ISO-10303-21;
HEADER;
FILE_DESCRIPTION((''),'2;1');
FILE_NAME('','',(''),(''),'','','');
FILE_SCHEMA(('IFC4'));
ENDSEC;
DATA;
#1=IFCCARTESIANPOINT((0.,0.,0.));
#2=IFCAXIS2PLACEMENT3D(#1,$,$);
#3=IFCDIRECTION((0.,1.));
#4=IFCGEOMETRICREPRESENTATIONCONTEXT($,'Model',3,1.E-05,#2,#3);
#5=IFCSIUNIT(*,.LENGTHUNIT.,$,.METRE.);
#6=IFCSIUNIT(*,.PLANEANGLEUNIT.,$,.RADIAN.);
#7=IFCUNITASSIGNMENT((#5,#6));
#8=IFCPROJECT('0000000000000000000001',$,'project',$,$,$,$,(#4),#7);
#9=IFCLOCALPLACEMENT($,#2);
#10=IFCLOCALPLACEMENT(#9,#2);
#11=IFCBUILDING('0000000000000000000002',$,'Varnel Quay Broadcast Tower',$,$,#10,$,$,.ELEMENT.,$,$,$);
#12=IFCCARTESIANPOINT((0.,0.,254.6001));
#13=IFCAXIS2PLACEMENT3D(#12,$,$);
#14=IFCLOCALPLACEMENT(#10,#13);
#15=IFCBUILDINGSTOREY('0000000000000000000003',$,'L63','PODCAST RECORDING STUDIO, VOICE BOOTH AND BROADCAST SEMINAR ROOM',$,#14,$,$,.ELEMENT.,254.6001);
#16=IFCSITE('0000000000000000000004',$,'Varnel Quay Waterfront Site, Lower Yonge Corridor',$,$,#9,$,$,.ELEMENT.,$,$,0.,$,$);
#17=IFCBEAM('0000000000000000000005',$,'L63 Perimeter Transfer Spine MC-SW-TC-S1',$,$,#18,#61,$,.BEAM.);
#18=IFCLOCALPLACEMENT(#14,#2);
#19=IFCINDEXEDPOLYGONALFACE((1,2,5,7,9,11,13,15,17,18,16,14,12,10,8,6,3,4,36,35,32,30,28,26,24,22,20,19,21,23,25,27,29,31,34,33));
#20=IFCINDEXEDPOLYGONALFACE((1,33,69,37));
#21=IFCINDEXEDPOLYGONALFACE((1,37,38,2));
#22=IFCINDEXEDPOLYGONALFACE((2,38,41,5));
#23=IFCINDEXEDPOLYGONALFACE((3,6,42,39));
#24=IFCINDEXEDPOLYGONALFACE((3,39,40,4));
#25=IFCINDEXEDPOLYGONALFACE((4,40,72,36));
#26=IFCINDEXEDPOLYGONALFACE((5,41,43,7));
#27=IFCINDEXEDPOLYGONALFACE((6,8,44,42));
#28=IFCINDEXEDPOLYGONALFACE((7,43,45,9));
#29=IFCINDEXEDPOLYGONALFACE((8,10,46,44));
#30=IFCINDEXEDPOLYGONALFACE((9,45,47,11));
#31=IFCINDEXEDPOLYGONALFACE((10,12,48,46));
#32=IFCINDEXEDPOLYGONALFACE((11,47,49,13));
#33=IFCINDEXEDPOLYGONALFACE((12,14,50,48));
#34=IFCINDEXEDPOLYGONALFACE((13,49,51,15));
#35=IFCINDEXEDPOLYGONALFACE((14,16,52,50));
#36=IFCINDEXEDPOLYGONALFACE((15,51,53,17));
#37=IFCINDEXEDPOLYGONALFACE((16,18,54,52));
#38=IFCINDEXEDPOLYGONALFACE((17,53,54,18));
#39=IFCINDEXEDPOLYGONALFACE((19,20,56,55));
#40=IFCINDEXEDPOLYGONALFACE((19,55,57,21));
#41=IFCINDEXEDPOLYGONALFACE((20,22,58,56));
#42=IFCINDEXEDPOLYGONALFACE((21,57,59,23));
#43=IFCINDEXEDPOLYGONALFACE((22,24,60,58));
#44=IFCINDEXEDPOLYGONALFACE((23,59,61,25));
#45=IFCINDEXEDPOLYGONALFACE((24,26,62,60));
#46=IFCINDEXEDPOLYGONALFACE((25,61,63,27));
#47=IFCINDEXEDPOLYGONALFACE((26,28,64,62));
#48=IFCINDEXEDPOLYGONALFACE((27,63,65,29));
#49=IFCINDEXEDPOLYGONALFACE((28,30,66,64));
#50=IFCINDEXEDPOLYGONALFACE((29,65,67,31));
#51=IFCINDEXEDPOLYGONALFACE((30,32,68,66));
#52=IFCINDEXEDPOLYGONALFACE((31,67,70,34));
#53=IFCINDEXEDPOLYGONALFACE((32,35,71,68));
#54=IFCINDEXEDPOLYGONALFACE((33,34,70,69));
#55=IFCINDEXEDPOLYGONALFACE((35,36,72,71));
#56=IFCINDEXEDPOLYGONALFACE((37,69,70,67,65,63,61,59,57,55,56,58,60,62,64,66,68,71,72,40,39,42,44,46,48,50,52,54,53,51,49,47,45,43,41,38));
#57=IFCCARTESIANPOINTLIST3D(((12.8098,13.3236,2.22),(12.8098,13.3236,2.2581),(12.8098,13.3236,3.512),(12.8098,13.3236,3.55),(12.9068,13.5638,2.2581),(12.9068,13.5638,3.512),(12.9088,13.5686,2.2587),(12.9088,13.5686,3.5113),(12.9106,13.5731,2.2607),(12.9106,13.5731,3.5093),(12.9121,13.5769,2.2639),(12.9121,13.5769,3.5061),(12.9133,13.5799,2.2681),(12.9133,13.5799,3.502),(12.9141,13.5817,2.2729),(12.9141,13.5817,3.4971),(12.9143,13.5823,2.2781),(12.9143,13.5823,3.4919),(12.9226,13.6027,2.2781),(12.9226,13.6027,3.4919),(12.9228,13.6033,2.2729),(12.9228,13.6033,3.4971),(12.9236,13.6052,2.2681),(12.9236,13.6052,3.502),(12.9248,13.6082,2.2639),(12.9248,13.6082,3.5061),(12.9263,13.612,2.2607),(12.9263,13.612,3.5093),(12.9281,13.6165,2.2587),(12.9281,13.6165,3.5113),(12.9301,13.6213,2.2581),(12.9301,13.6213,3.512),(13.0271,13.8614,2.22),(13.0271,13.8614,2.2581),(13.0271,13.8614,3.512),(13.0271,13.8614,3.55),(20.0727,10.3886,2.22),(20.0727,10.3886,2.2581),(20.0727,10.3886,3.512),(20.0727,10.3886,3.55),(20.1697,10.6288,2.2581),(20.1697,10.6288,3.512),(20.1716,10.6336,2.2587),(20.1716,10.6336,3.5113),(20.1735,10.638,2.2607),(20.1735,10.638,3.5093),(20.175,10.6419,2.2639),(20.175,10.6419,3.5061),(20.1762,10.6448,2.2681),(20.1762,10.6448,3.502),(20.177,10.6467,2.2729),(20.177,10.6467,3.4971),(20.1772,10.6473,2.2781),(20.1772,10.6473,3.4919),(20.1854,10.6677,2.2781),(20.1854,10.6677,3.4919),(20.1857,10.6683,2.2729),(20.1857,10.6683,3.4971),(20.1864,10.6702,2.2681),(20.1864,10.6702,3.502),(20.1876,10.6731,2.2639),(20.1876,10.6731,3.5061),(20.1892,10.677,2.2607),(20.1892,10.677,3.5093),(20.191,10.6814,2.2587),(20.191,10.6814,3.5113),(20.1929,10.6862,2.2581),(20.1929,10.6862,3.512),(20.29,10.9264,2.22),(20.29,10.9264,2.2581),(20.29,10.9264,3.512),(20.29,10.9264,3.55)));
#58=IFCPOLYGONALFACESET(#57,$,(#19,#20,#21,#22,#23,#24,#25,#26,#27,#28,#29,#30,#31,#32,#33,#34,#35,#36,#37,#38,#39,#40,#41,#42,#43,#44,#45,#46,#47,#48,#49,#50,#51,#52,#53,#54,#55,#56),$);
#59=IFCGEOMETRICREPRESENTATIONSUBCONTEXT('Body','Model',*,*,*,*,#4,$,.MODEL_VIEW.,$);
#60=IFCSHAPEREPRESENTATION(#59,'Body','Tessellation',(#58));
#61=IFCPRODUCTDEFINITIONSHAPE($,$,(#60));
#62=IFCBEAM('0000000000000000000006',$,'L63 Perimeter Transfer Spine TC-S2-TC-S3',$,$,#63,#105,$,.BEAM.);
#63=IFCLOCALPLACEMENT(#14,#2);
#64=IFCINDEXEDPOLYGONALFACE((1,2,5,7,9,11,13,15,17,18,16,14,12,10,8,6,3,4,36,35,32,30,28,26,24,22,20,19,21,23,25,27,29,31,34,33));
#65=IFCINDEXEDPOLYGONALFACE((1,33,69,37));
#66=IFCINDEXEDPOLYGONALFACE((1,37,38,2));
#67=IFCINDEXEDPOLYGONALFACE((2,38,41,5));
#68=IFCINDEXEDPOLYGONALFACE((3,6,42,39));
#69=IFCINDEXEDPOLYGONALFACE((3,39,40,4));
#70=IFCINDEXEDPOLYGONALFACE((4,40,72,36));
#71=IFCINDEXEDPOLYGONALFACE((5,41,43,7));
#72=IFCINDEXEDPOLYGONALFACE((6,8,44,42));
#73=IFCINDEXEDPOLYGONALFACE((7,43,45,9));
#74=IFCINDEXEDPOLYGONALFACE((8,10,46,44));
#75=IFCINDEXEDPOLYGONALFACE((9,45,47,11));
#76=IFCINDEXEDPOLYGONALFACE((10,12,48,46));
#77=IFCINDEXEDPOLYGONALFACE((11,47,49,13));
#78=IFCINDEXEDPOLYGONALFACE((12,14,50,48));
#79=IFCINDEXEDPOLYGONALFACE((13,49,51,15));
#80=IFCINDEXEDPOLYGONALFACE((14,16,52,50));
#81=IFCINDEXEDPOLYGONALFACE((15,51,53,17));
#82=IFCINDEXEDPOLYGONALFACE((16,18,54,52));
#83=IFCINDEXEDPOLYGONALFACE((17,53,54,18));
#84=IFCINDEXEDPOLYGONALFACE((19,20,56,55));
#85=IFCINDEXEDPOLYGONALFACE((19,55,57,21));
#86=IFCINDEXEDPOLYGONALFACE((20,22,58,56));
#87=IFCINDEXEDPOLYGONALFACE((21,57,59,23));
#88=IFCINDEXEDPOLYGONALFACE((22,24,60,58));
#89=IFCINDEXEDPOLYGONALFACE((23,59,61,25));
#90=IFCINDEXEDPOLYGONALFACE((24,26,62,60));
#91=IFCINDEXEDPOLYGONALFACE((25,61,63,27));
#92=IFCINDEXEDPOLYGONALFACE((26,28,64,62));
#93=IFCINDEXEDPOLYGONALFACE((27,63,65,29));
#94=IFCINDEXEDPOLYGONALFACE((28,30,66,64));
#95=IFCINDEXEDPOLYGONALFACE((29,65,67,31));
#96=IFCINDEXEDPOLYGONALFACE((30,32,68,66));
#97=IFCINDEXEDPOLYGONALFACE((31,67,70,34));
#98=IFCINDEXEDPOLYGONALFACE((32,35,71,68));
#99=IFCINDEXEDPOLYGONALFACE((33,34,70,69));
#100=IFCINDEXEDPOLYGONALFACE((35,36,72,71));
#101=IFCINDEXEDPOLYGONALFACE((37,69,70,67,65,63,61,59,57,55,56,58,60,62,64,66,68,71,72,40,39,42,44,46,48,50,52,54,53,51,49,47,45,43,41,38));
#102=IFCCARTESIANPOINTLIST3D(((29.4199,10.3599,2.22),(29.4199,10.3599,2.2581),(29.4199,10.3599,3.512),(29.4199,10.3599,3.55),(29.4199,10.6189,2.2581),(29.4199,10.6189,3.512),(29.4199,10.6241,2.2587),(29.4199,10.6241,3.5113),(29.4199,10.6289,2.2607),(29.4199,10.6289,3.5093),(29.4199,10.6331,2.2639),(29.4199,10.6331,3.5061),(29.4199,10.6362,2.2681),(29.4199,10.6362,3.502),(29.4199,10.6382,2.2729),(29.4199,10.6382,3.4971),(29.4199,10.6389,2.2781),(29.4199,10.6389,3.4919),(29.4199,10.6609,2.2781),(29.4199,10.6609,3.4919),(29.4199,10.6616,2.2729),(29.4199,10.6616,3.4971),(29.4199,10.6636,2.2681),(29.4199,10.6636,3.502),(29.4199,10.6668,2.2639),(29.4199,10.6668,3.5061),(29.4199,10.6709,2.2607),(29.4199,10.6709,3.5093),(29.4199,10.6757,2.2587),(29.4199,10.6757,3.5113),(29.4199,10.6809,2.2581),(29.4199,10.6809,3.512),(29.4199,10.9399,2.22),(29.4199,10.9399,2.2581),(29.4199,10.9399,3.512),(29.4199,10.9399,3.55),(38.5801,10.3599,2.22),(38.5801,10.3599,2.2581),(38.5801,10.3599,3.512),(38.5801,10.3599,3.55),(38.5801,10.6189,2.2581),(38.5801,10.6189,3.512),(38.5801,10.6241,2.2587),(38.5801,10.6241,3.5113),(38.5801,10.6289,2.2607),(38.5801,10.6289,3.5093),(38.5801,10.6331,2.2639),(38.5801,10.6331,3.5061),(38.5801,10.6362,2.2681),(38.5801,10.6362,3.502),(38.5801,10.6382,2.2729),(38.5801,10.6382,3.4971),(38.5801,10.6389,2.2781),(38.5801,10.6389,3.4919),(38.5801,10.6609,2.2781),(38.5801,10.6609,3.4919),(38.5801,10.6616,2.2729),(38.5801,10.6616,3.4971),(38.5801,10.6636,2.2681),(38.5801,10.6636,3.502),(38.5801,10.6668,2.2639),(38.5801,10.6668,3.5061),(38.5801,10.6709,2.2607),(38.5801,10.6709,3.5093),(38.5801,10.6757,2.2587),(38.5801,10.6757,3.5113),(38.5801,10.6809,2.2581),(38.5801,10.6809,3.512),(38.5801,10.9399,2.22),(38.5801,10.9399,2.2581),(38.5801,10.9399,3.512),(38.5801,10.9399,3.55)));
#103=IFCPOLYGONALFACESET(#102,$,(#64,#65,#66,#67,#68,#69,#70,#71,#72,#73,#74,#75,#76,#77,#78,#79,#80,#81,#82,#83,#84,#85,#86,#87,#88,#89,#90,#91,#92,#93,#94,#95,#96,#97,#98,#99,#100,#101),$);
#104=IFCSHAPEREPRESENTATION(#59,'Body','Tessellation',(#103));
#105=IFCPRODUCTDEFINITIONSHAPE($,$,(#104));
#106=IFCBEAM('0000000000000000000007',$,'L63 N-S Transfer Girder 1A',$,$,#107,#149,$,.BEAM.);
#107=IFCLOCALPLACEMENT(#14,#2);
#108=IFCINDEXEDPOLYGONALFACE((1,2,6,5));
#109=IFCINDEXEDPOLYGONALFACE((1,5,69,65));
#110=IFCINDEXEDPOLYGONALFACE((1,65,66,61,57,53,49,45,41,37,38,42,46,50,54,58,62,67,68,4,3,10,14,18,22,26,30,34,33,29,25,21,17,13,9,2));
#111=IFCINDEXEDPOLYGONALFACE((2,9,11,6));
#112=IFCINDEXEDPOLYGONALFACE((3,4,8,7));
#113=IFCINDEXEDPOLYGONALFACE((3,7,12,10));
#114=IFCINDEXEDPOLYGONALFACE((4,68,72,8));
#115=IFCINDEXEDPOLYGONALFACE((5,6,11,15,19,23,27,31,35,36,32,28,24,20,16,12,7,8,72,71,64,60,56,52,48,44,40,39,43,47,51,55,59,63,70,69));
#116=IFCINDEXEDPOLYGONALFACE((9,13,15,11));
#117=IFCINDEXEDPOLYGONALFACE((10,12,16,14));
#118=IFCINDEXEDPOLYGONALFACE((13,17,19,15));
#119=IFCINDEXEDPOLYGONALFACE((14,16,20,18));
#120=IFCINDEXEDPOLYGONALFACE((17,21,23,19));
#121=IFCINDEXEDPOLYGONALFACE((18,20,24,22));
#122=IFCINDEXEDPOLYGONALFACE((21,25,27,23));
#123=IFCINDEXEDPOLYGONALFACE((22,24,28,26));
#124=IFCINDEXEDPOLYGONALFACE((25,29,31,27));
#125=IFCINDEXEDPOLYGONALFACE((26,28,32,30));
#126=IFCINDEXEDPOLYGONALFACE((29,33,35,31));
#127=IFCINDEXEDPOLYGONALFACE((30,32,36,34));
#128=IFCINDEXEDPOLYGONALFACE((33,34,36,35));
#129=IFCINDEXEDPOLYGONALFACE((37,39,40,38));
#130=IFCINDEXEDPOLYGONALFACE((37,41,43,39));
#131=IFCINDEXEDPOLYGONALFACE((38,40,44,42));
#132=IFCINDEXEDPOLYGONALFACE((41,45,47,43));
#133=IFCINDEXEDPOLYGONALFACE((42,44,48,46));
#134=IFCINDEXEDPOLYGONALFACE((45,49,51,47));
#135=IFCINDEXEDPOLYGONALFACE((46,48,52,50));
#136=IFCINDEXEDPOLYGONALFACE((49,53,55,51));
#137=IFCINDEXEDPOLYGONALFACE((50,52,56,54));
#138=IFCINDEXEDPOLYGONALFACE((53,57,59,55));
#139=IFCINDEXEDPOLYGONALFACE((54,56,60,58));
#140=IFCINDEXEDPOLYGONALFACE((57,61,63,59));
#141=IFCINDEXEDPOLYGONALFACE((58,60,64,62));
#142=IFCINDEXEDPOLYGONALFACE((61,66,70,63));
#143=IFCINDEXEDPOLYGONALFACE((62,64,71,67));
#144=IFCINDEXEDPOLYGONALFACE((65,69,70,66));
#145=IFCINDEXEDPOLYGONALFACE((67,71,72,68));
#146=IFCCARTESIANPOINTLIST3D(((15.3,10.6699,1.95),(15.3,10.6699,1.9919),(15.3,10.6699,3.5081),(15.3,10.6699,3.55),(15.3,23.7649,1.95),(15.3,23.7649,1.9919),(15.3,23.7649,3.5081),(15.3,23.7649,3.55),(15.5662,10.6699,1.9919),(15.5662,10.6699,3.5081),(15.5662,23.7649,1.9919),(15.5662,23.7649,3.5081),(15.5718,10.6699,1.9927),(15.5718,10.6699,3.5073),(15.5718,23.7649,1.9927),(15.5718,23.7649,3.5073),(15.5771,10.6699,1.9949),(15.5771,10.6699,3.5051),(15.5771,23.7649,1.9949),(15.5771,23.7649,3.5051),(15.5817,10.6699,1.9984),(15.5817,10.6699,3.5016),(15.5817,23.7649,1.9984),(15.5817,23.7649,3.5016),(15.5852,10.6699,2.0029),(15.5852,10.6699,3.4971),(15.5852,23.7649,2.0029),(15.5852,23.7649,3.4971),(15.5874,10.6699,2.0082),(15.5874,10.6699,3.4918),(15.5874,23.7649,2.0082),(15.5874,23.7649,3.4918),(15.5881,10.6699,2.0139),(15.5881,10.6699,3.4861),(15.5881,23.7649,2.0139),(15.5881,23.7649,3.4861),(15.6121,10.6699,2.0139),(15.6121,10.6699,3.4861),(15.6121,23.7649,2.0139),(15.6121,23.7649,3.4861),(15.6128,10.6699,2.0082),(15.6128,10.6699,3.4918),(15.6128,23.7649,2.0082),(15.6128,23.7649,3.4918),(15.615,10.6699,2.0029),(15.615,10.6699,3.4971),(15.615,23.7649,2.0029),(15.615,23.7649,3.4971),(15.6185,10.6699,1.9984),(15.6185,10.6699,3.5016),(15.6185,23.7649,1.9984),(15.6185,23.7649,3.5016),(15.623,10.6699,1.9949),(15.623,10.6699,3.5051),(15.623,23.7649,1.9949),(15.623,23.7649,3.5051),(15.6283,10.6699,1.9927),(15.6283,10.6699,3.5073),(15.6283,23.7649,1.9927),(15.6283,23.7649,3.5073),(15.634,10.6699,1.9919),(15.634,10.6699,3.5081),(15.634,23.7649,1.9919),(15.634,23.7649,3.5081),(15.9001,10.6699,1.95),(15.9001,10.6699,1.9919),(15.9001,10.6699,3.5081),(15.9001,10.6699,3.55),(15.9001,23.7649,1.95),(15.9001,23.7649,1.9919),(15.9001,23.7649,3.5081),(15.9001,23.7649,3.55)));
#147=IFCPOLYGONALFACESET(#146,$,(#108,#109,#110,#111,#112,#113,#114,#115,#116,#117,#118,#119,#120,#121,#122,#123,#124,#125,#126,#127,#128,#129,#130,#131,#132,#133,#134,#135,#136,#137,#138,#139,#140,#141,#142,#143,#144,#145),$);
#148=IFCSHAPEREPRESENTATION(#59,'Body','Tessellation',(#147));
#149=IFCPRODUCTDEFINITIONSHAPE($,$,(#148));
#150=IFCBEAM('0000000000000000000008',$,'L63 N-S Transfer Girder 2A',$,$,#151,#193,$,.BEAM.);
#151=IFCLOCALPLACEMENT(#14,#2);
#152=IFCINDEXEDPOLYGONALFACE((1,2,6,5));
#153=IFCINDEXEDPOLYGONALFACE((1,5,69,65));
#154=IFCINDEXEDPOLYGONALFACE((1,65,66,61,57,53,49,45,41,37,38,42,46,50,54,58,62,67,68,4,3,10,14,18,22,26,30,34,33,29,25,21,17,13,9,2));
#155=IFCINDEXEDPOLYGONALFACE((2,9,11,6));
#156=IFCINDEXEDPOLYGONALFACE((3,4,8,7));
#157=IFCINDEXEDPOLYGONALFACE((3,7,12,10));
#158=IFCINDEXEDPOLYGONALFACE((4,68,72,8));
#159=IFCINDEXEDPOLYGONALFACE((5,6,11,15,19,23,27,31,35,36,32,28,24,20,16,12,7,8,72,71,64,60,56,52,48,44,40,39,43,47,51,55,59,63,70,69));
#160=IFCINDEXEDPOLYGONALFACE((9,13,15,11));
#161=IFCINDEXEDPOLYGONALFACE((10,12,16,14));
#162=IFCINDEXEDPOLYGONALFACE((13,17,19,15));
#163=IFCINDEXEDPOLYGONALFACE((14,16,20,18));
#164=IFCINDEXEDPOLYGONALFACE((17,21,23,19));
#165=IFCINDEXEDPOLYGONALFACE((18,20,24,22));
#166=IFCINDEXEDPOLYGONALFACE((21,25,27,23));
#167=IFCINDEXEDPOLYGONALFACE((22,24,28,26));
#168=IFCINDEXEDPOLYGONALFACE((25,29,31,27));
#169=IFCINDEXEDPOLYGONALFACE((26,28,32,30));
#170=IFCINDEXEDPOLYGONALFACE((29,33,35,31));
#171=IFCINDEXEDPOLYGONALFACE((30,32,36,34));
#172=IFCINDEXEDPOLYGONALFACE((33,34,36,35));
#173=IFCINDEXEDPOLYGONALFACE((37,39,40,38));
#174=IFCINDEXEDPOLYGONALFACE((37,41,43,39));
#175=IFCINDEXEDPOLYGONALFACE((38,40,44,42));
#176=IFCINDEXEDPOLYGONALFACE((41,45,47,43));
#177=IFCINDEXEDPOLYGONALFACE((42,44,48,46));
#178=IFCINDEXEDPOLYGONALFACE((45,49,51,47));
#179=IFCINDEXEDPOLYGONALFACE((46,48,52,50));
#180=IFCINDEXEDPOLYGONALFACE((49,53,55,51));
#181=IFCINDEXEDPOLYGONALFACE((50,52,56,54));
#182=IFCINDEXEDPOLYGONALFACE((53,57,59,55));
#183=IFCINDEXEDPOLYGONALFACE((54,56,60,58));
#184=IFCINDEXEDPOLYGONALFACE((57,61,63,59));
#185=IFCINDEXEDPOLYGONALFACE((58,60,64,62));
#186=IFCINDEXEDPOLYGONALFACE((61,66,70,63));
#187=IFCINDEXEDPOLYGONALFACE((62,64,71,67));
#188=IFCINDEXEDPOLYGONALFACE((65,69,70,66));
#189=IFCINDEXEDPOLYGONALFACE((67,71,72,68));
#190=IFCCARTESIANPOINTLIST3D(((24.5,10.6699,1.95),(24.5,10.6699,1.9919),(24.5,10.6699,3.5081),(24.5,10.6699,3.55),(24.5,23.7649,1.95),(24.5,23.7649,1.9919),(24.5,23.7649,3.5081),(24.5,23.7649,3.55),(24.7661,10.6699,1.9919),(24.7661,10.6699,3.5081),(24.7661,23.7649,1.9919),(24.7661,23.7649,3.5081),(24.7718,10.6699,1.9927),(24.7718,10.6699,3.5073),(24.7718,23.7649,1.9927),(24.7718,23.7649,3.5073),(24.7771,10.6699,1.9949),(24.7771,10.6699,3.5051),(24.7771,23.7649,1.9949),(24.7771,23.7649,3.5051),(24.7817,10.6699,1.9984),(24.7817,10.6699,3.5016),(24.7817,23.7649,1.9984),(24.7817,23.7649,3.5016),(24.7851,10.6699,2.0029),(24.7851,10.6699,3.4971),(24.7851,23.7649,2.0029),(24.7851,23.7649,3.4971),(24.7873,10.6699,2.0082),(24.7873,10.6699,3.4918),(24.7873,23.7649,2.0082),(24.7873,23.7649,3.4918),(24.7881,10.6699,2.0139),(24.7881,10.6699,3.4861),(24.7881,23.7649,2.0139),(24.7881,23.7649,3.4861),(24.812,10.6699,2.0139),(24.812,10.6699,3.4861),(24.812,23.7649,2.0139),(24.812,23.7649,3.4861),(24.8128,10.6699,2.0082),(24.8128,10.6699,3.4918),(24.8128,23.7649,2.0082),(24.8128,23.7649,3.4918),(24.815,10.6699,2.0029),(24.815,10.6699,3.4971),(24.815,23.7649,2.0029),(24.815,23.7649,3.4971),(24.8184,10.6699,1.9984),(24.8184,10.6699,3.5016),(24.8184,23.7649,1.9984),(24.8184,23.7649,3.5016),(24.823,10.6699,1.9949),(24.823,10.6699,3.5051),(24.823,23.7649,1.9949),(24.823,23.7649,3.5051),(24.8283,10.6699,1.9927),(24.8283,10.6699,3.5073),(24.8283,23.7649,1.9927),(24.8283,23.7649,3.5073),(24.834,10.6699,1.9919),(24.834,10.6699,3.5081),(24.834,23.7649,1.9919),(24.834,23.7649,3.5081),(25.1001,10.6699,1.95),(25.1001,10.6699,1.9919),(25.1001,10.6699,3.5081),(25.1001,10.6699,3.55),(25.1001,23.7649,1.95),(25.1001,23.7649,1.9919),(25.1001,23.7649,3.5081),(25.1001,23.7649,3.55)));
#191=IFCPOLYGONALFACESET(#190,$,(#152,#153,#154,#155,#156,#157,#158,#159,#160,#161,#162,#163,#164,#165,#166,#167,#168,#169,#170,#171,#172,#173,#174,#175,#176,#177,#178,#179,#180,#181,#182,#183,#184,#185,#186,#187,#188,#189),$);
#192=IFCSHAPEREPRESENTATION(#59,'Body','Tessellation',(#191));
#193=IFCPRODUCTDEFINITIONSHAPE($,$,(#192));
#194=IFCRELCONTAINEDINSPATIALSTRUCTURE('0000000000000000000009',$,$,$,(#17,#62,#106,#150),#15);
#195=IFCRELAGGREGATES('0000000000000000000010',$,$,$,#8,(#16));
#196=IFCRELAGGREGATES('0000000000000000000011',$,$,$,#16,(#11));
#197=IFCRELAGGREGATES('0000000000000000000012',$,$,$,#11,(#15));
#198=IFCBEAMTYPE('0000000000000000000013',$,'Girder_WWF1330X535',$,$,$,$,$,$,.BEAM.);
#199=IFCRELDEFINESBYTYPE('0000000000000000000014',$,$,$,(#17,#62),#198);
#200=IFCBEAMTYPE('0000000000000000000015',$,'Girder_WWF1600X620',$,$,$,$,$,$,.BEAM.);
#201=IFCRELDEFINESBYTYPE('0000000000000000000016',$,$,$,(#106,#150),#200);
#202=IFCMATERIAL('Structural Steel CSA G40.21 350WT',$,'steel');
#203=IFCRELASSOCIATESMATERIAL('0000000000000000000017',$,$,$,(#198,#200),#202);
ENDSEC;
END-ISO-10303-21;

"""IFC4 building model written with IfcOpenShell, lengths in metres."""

from ifc_helpers import new_model, si_unit, direction, frame, origin, origin_2d, place, context, subcontext, project, spatial, i_section, extrude, source, transform, mapped, material, material_profile, profile_set, type_object, element, save


model = new_model("IFC4")

# Units and contexts
model_context = context("Model", 3, precision=1e-05, world=origin(), true_north=direction((0.0, 1.0)))
body_context = subcontext(model_context, "Body", "Model", "MODEL_VIEW")
ifc_project = project(units=[si_unit("LENGTHUNIT", "METRE"), si_unit("PLANEANGLEUNIT", "RADIAN")], contexts=[model_context])

# Site, building, storey
site_placement = place(None, origin())
site = spatial("IfcSite", under=ifc_project, at=site_placement, Name="Varnel Quay Waterfront Site, Lower Yonge Corridor", CompositionType="ELEMENT", RefElevation=0.0)
building_placement = place(site_placement, origin())
building = spatial("IfcBuilding", under=site, at=building_placement, Name="Varnel Quay Broadcast Tower", CompositionType="ELEMENT")
storey_placement = place(building_placement, frame((0.0, 0.0, 254.6001)))
storey = spatial("IfcBuildingStorey", under=building, at=storey_placement, Name="L63", Description="PODCAST RECORDING STUDIO, VOICE BOOTH AND BROADCAST SEMINAR ROOM", CompositionType="ELEMENT", Elevation=254.6001)

# Shared definitions
ifc_material_1 = material(Name="Structural Steel CSA G40.21 350WT", Category="steel")

# Beams
ifc_material_profile_1 = material_profile(ifc_material_1, i_section(OverallWidth=0.5801, OverallDepth=1.3301, WebThickness=0.022, FlangeThickness=0.0381, FilletRadius=0.02, at=origin_2d()), Name="WWF1330X535")
ifc_profile_set_1 = profile_set([ifc_material_profile_1], Name="Structural Steel CSA G40.21 350WT")
beam_type_1 = type_object("IfcBeamType", Name="Girder_WWF1330X535", PredefinedType="BEAM", material=ifc_profile_set_1)
ifc_material_profile_2 = material_profile(ifc_material_1, i_section(OverallWidth=0.6001, OverallDepth=1.6001, WebThickness=0.0239, FlangeThickness=0.042, FilletRadius=0.022, at=origin_2d()), Name="WWF1600X620")
ifc_profile_set_2 = profile_set([ifc_material_profile_2], Name="Structural Steel CSA G40.21 350WT")
beam_type_2 = type_object("IfcBeamType", Name="Girder_WWF1600X620", PredefinedType="BEAM", material=ifc_profile_set_2)
shared_shape_1 = source(origin(), body_context, "Body", "SweptSolid", [
    extrude(i_section(OverallWidth=0.5801, OverallDepth=1.3301, WebThickness=0.022, FlangeThickness=0.0381, FilletRadius=0.02, at=origin_2d()), origin(), (0.0, 0.0, 1.0), 7.8335),
])
beam_1_placement = place(storey_placement, frame((12.9185, 13.5925, 2.885), z_axis=(0.927155, -0.374677, 0.0), x_axis=(0.374677, 0.927155, 0.0)))
element("IfcBeam", 1, at=beam_1_placement, inside=storey, type_object=beam_type_1, Name="L63 Perimeter Transfer Spine MC-SW-TC-S1", PredefinedType="BEAM", context=body_context, shape_type="MappedRepresentation", body=[
    mapped(shared_shape_1, transform((0.0, 0.0, 0.0), x_axis=(1.0, 0.0, 0.0), y_axis=(0.0, 1.0, 0.0), z_axis=(0.0, 0.0, 1.0), scale=1.0)),
])
shared_shape_2 = source(origin(), body_context, "Body", "SweptSolid", [
    extrude(i_section(OverallWidth=0.5801, OverallDepth=1.3301, WebThickness=0.022, FlangeThickness=0.0381, FilletRadius=0.02, at=origin_2d()), origin(), (0.0, 0.0, 1.0), 9.1602),
])
beam_2_placement = place(storey_placement, frame((29.4199, 10.6499, 2.885), z_axis=(1.0, 0.0, 0.0), x_axis=(0.0, 1.0, 0.0)))
element("IfcBeam", 2, at=beam_2_placement, inside=storey, type_object=beam_type_1, Name="L63 Perimeter Transfer Spine TC-S2-TC-S3", PredefinedType="BEAM", context=body_context, shape_type="MappedRepresentation", body=[
    mapped(shared_shape_2, transform((0.0, 0.0, 0.0), x_axis=(1.0, 0.0, 0.0), y_axis=(0.0, 1.0, 0.0), z_axis=(0.0, 0.0, 1.0), scale=1.0)),
])
shared_shape_3 = source(origin(), body_context, "Body", "SweptSolid", [
    extrude(i_section(OverallWidth=0.6001, OverallDepth=1.6001, WebThickness=0.0239, FlangeThickness=0.042, FilletRadius=0.022, at=origin_2d()), origin(), (0.0, 0.0, 1.0), 13.095),
])
for number, where, z_axis, x_axis, name in (
    (3, (15.6001, 10.6699, 2.75), (0.0, 1.0, 0.0), (-1.0, 0.0, 0.0), "L63 N-S Transfer Girder 1A"),
    (4, (24.8, 10.6699, 2.75), (0.0, 1.0, 0.0), (-1.0, 0.0, 0.0), "L63 N-S Transfer Girder 2A"),
):
    element("IfcBeam", number, at=place(storey_placement, frame(where, z_axis=z_axis, x_axis=x_axis)), inside=storey, type_object=beam_type_2, Name=name, PredefinedType="BEAM", context=body_context, shape_type="MappedRepresentation", body=[
        mapped(shared_shape_3, transform((0.0, 0.0, 0.0), x_axis=(1.0, 0.0, 0.0), y_axis=(0.0, 1.0, 0.0), z_axis=(0.0, 0.0, 1.0), scale=1.0)),
    ])

save(model, "model.ifc")
